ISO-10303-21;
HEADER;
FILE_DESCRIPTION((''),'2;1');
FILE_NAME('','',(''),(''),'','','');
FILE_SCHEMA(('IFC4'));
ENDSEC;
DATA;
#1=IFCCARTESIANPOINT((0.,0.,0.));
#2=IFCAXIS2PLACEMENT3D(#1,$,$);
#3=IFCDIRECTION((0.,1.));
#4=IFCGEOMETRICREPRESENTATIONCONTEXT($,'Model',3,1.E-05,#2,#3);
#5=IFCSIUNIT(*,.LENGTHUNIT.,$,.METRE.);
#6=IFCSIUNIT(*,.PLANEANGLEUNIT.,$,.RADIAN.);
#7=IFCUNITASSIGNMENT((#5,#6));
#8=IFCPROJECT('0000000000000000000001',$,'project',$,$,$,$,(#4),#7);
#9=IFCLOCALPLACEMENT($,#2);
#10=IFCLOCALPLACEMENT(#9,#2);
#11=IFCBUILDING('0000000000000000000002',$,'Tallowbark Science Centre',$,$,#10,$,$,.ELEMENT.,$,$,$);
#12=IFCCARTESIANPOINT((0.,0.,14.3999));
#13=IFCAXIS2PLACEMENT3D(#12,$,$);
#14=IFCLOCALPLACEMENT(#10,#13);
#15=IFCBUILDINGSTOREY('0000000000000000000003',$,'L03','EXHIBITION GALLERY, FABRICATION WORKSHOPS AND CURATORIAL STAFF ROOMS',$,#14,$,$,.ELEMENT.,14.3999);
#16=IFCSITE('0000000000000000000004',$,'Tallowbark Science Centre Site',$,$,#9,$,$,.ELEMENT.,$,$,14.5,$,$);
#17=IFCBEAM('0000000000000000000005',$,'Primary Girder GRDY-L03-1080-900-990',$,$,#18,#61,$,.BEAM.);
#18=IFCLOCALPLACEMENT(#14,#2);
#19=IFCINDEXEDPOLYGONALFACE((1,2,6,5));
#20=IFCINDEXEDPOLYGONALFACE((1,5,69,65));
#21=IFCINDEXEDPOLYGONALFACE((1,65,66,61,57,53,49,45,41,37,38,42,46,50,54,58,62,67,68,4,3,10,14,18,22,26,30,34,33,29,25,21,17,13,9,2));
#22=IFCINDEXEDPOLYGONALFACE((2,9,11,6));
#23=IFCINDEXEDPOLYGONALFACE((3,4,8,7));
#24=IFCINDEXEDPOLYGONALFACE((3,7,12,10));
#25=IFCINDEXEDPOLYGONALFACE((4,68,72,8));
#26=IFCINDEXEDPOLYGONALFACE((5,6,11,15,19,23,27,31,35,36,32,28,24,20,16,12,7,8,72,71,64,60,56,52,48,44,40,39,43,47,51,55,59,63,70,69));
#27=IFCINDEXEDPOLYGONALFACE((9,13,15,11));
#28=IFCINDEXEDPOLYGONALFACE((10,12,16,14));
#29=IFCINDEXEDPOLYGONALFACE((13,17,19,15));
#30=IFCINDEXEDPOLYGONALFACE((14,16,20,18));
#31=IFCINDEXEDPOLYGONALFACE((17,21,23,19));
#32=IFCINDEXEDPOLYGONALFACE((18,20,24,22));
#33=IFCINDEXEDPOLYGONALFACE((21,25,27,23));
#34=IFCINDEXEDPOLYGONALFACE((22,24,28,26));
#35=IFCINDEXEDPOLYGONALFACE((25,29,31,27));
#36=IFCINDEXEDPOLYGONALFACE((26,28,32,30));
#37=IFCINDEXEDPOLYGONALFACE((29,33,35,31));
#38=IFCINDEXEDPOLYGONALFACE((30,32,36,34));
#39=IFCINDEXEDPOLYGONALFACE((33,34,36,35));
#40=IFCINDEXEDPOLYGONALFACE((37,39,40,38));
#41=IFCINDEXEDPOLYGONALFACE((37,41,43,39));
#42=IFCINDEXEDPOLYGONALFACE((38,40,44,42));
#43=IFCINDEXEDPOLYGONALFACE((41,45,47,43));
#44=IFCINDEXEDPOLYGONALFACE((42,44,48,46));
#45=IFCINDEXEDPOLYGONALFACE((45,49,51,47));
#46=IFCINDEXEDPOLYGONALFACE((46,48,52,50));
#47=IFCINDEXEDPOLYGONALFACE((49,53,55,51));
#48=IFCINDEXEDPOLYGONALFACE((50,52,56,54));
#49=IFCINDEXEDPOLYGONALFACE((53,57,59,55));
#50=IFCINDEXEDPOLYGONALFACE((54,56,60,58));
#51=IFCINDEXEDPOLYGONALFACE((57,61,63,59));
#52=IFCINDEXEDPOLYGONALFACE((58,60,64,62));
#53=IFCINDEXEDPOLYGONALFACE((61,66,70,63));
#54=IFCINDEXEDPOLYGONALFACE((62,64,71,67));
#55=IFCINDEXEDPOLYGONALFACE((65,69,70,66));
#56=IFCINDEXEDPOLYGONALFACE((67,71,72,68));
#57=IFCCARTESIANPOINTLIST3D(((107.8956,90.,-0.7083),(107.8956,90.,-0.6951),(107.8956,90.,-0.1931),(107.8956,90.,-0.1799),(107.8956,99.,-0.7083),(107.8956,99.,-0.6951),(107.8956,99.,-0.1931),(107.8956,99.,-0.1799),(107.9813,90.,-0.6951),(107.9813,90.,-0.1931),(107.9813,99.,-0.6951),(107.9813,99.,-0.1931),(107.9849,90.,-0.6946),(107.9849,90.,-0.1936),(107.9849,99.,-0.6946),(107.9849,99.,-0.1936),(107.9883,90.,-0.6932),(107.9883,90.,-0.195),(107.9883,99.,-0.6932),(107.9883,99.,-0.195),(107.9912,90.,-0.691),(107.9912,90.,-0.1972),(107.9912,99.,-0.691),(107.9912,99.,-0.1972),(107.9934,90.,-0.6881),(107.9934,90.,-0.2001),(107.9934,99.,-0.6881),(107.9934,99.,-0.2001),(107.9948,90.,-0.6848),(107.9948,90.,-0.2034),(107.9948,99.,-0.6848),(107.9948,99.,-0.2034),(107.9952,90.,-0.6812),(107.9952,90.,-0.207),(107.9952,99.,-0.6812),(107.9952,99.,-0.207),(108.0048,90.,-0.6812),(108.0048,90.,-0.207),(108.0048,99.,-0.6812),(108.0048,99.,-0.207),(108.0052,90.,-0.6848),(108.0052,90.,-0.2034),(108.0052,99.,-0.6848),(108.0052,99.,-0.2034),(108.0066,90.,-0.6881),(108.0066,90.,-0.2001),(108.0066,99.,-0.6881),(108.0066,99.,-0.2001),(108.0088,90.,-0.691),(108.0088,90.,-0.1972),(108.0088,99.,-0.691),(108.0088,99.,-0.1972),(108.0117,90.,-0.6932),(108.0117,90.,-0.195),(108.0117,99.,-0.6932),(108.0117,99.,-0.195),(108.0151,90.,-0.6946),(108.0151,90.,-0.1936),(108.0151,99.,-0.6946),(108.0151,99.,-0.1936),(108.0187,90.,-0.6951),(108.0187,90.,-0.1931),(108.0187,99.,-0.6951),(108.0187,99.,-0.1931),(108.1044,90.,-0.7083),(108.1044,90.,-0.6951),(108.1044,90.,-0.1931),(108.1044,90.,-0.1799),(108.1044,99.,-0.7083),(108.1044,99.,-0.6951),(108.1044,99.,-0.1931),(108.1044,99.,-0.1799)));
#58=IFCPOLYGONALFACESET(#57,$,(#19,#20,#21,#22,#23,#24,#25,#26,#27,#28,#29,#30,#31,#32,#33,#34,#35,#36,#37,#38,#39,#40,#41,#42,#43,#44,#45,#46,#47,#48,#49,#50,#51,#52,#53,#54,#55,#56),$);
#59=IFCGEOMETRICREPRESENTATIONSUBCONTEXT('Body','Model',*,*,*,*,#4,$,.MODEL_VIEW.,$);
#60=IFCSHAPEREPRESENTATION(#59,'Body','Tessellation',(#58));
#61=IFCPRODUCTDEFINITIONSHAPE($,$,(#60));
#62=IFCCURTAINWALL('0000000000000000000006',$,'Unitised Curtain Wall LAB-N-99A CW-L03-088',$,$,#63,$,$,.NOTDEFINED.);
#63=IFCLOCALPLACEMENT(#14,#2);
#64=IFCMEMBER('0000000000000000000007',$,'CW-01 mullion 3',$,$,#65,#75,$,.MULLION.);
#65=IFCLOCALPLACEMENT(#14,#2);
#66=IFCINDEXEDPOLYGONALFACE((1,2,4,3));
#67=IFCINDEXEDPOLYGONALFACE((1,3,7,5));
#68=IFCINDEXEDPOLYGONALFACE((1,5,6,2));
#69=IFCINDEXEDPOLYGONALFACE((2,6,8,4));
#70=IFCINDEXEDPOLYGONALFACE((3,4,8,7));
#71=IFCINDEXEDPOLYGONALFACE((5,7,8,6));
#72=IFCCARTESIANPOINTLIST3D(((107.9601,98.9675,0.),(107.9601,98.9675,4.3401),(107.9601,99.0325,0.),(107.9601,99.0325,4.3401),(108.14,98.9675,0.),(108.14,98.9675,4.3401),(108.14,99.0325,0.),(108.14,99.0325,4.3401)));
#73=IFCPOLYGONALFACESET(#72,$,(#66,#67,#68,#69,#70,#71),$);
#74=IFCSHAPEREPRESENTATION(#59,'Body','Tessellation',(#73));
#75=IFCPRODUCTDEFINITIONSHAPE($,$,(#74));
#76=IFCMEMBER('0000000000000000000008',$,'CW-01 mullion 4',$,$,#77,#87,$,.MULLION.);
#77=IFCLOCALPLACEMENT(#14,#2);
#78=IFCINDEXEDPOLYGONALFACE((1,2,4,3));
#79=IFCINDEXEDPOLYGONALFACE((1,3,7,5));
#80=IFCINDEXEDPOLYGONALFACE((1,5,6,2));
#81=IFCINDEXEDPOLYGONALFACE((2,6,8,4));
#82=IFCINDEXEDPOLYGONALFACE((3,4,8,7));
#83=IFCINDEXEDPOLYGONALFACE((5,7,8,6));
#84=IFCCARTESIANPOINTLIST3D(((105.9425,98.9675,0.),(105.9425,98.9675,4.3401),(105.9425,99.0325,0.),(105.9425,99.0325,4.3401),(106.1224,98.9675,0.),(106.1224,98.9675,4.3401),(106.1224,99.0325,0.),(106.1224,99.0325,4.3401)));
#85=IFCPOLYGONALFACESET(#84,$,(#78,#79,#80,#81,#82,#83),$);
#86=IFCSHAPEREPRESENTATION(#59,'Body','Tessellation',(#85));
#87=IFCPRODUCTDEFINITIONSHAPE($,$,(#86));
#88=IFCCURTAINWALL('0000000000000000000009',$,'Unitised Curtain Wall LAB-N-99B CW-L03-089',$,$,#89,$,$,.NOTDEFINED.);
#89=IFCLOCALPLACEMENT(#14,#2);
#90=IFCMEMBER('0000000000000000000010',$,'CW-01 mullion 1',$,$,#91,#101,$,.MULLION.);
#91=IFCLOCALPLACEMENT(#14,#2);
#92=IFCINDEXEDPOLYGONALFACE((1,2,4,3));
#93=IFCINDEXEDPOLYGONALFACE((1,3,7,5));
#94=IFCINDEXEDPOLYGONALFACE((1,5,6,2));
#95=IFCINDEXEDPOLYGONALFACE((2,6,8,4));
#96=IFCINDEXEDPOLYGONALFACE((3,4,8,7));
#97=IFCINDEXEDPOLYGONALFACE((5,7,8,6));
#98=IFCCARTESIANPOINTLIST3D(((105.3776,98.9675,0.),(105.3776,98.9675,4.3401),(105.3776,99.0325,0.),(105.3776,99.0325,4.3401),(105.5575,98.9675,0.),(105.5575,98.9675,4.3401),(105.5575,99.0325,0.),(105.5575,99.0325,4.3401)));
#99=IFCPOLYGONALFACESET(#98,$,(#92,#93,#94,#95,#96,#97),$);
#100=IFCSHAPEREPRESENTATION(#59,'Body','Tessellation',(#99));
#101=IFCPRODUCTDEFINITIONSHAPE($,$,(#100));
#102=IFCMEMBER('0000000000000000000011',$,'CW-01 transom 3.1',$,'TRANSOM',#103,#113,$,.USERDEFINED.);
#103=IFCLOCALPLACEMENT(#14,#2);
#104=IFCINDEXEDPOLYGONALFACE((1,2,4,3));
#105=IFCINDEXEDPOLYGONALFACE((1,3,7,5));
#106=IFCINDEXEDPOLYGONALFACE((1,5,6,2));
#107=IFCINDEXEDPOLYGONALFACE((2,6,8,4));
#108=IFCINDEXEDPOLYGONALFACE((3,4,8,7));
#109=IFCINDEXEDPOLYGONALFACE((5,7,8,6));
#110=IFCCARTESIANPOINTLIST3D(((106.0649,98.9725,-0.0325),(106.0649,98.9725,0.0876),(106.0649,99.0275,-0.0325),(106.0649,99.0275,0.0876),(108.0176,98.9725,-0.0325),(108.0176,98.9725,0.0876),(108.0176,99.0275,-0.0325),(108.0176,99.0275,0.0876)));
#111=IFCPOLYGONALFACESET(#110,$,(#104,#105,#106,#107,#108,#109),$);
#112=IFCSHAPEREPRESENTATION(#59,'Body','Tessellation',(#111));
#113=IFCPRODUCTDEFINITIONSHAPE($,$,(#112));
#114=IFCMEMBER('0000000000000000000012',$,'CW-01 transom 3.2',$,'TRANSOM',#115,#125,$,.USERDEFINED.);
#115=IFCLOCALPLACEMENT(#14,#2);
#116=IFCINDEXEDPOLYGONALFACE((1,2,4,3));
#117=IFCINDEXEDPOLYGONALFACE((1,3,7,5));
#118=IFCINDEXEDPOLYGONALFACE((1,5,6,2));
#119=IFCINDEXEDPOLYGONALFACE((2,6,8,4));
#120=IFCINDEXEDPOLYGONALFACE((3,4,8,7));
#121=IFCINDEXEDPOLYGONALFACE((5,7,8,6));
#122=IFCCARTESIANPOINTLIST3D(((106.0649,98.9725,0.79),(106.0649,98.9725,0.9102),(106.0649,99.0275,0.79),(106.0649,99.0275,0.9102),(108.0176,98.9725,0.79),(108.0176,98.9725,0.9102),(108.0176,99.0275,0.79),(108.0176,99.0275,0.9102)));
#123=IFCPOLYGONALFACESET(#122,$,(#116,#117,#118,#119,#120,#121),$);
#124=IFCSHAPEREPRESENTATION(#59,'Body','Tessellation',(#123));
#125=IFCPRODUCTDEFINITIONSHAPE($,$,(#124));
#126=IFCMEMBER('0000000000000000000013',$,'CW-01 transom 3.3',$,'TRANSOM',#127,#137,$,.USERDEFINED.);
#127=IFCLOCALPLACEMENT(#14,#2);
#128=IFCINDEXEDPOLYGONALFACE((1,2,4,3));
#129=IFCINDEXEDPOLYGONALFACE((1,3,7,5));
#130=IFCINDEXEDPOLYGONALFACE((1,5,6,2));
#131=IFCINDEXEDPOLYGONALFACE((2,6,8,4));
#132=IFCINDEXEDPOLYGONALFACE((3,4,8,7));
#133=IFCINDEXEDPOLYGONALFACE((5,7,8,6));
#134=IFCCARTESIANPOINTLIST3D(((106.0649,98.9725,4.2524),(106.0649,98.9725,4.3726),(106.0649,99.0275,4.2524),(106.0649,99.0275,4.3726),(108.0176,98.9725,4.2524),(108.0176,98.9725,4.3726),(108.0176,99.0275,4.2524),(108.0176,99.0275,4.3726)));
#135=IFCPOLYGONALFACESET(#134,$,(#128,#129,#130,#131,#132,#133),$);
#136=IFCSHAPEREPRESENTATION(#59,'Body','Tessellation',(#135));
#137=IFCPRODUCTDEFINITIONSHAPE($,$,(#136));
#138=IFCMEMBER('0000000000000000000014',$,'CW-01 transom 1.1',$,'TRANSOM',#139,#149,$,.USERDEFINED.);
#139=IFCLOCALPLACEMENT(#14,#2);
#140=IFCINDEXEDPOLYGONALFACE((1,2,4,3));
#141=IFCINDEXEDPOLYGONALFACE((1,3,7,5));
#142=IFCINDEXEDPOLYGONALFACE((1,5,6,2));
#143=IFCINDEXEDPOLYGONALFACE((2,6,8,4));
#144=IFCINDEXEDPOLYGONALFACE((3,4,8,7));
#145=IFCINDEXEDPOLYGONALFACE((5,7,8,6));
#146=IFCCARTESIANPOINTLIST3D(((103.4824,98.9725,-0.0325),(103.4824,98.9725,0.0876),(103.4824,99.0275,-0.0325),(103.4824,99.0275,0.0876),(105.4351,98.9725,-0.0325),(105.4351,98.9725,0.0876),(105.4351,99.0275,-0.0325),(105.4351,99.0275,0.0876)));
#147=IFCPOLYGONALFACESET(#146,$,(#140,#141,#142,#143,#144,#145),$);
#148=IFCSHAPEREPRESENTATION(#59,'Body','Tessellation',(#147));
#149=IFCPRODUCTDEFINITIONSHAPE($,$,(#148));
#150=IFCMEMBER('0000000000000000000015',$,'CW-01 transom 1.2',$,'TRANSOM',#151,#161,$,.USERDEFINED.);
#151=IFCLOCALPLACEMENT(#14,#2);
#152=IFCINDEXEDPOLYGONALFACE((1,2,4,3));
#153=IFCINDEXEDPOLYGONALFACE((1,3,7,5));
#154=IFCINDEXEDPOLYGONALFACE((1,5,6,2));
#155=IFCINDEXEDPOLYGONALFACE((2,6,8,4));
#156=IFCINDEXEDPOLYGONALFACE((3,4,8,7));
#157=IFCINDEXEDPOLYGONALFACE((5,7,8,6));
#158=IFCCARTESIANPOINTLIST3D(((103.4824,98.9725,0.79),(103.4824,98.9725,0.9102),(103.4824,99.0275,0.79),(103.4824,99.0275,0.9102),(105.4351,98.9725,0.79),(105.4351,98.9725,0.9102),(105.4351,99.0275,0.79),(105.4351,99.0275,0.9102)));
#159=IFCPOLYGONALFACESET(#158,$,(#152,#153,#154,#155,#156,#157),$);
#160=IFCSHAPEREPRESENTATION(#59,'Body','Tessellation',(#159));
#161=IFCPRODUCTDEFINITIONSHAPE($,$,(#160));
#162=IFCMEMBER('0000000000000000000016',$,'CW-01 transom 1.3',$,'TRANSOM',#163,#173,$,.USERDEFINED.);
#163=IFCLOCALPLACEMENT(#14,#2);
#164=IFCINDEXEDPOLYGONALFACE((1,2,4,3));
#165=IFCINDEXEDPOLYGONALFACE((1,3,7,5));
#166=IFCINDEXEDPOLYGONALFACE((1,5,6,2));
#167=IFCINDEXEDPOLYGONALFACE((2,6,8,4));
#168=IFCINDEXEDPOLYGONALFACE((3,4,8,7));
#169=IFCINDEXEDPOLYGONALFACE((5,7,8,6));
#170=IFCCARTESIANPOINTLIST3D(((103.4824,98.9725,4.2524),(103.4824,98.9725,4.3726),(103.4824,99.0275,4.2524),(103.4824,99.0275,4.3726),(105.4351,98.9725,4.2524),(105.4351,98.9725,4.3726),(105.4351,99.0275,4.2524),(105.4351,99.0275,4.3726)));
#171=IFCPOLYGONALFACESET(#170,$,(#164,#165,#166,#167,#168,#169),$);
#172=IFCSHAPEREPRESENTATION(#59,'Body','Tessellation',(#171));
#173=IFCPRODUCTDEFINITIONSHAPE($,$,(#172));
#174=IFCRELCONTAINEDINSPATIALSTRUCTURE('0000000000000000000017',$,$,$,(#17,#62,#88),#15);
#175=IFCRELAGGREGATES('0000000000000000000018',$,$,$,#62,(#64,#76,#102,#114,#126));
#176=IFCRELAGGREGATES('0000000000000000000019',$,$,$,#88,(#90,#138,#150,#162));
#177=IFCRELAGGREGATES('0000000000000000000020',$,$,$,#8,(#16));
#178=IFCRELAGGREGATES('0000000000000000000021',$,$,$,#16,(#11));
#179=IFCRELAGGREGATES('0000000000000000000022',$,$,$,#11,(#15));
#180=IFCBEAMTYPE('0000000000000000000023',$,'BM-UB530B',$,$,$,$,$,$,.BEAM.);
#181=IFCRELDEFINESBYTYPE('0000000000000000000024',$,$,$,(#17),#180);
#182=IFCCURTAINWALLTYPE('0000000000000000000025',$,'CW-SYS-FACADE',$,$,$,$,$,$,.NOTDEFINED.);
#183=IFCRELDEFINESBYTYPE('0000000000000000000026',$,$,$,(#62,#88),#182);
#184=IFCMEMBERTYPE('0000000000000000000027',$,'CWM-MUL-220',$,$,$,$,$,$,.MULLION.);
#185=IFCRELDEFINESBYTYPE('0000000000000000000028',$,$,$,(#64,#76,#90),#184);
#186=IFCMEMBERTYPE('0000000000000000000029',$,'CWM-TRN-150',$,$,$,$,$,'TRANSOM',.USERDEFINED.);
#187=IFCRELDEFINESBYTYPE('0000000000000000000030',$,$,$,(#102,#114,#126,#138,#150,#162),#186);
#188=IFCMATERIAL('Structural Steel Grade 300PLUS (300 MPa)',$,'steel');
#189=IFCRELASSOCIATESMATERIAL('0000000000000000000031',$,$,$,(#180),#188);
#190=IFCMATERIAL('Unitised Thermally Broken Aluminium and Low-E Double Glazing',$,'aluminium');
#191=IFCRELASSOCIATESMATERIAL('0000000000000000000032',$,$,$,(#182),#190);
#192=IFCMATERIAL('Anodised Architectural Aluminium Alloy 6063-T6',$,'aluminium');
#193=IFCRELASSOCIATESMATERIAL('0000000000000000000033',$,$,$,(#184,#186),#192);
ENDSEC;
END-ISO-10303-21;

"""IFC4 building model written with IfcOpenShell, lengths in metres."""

from ifc_helpers import new_model, si_unit, direction, frame, origin, origin_2d, place, context, subcontext, project, spatial, rectangle, i_section, extrude, material, material_profile, profile_set, type_object, element, aggregate, save


model = new_model("IFC4")

# Units and contexts
model_context = context("Model", 3, precision=1e-05, world=origin(), true_north=direction((0.0, 1.0)))
body_context = subcontext(model_context, "Body", "Model", "MODEL_VIEW")
ifc_project = project(units=[si_unit("LENGTHUNIT", "METRE"), si_unit("PLANEANGLEUNIT", "RADIAN")], contexts=[model_context])

# Site, building, storey
site_placement = place(None, origin())
site = spatial("IfcSite", under=ifc_project, at=site_placement, Name="Tallowbark Science Centre Site", CompositionType="ELEMENT", RefElevation=14.5)
building_placement = place(site_placement, origin())
building = spatial("IfcBuilding", under=site, at=building_placement, Name="Tallowbark Science Centre", CompositionType="ELEMENT")
storey_placement = place(building_placement, frame((0.0, 0.0, 14.3999)))
storey = spatial("IfcBuildingStorey", under=building, at=storey_placement, Name="L03", Description="EXHIBITION GALLERY, FABRICATION WORKSHOPS AND CURATORIAL STAFF ROOMS", CompositionType="ELEMENT", Elevation=14.3999)

# Shared definitions
ifc_material_1 = material(Name="Structural Steel Grade 300PLUS (300 MPa)", Category="steel")

# Beam
ifc_material_profile_1 = material_profile(ifc_material_1, i_section(OverallWidth=0.2087, OverallDepth=0.5283, WebThickness=0.0095, FlangeThickness=0.0132, FilletRadius=0.0139, at=origin_2d()), Name="530UB82.0")
ifc_profile_set_1 = profile_set([ifc_material_profile_1], Name="Structural Steel Grade 300PLUS (300 MPa)")
beam_type_1 = type_object("IfcBeamType", Name="BM-UB530B", PredefinedType="BEAM", material=ifc_profile_set_1)
beam_placement = place(storey_placement, frame((108.0, 90.0, -0.4441), z_axis=(0.0, 1.0, 0.0), x_axis=(-1.0, 0.0, 0.0)))
element("IfcBeam", 1, at=beam_placement, inside=storey, type_object=beam_type_1, Name="Primary Girder GRDY-L03-1080-900-990", PredefinedType="BEAM", context=body_context, shape_type="SweptSolid", body=[
    extrude(i_section(OverallWidth=0.2087, OverallDepth=0.5283, WebThickness=0.0095, FlangeThickness=0.0132, FilletRadius=0.0139, at=origin_2d()), origin(), (0.0, 0.0, 1.0), 9.0),
])

# Curtain wall, members
ifc_material_2 = material(Name="Unitised Thermally Broken Aluminium and Low-E Double Glazing", Category="aluminium")
curtain_wall_type = type_object("IfcCurtainWallType", Name="CW-SYS-FACADE", PredefinedType="NOTDEFINED", material=ifc_material_2)
curtain_wall_1_placement = place(storey_placement, origin())
curtain_wall_1 = element("IfcCurtainWall", 2, at=curtain_wall_1_placement, inside=storey, type_object=curtain_wall_type, Name="Unitised Curtain Wall LAB-N-99A CW-L03-088", PredefinedType="NOTDEFINED")
ifc_material_3 = material(Name="Anodised Architectural Aluminium Alloy 6063-T6", Category="aluminium")
ifc_material_profile_2 = material_profile(ifc_material_3, rectangle(XDim=0.0649, YDim=0.1799, at=origin_2d()), Name="ALU65x180")
ifc_profile_set_2 = profile_set([ifc_material_profile_2], Name="Anodised Architectural Aluminium Alloy 6063-T6")
member_type_1 = type_object("IfcMemberType", Name="CWM-MUL-220", PredefinedType="MULLION", material=ifc_profile_set_2)
member_1_placement = place(storey_placement, frame((108.05, 99.0, 0.0), z_axis=(0.0, 0.0, 1.0), x_axis=(0.0, -1.0, 0.0)))
member_1 = element("IfcMember", 3, at=member_1_placement, type_object=member_type_1, Name="CW-01 mullion 3", PredefinedType="MULLION", context=body_context, shape_type="SweptSolid", body=[
    extrude(rectangle(XDim=0.0649, YDim=0.1799, at=origin_2d()), origin(), (0.0, 0.0, 1.0), 4.3401),
])
member_2_placement = place(storey_placement, frame((106.0325, 99.0, 0.0), z_axis=(0.0, 0.0, 1.0), x_axis=(0.0, -1.0, 0.0)))
member_2 = element("IfcMember", 4, at=member_2_placement, type_object=member_type_1, Name="CW-01 mullion 4", PredefinedType="MULLION", context=body_context, shape_type="SweptSolid", body=[
    extrude(rectangle(XDim=0.0649, YDim=0.1799, at=origin_2d()), origin(), (0.0, 0.0, 1.0), 4.3401),
])

# Curtain wall, member
curtain_wall_2_placement = place(storey_placement, origin())
curtain_wall_2 = element("IfcCurtainWall", 5, at=curtain_wall_2_placement, inside=storey, type_object=curtain_wall_type, Name="Unitised Curtain Wall LAB-N-99B CW-L03-089", PredefinedType="NOTDEFINED")
member_3_placement = place(storey_placement, frame((105.4675, 99.0, 0.0), z_axis=(0.0, 0.0, 1.0), x_axis=(0.0, -1.0, 0.0)))
member_3 = element("IfcMember", 6, at=member_3_placement, type_object=member_type_1, Name="CW-01 mullion 1", PredefinedType="MULLION", context=body_context, shape_type="SweptSolid", body=[
    extrude(rectangle(XDim=0.0649, YDim=0.1799, at=origin_2d()), origin(), (0.0, 0.0, 1.0), 4.3401),
])

# Members
ifc_material_profile_3 = material_profile(ifc_material_3, rectangle(XDim=0.0549, YDim=0.1201, at=origin_2d()), Name="ALU55x120")
ifc_profile_set_3 = profile_set([ifc_material_profile_3], Name="Anodised Architectural Aluminium Alloy 6063-T6")
member_type_2 = type_object("IfcMemberType", Name="CWM-TRN-150", ElementType="TRANSOM", PredefinedType="USERDEFINED", material=ifc_profile_set_3)
member_4_placement = place(storey_placement, frame((108.0176, 99.0, 0.0276), z_axis=(-1.0, 0.0, 0.0), x_axis=(0.0, -1.0, 0.0)))
member_4 = element("IfcMember", 7, at=member_4_placement, type_object=member_type_2, Name="CW-01 transom 3.1", ObjectType="TRANSOM", PredefinedType="USERDEFINED", context=body_context, shape_type="SweptSolid", body=[
    extrude(rectangle(XDim=0.0549, YDim=0.1201, at=origin_2d()), origin(), (0.0, 0.0, 1.0), 1.9526),
])
member_5_placement = place(storey_placement, frame((108.0176, 99.0, 0.8501), z_axis=(-1.0, 0.0, 0.0), x_axis=(0.0, -1.0, 0.0)))
member_5 = element("IfcMember", 8, at=member_5_placement, type_object=member_type_2, Name="CW-01 transom 3.2", ObjectType="TRANSOM", PredefinedType="USERDEFINED", context=body_context, shape_type="SweptSolid", body=[
    extrude(rectangle(XDim=0.0549, YDim=0.1201, at=origin_2d()), origin(), (0.0, 0.0, 1.0), 1.9526),
])
member_6_placement = place(storey_placement, frame((108.0176, 99.0, 4.3125), z_axis=(-1.0, 0.0, 0.0), x_axis=(0.0, -1.0, 0.0)))
member_6 = element("IfcMember", 9, at=member_6_placement, type_object=member_type_2, Name="CW-01 transom 3.3", ObjectType="TRANSOM", PredefinedType="USERDEFINED", context=body_context, shape_type="SweptSolid", body=[
    extrude(rectangle(XDim=0.0549, YDim=0.1201, at=origin_2d()), origin(), (0.0, 0.0, 1.0), 1.9526),
])
member_7_placement = place(storey_placement, frame((105.4351, 99.0, 0.0276), z_axis=(-1.0, 0.0, 0.0), x_axis=(0.0, -1.0, 0.0)))
member_7 = element("IfcMember", 10, at=member_7_placement, type_object=member_type_2, Name="CW-01 transom 1.1", ObjectType="TRANSOM", PredefinedType="USERDEFINED", context=body_context, shape_type="SweptSolid", body=[
    extrude(rectangle(XDim=0.0549, YDim=0.1201, at=origin_2d()), origin(), (0.0, 0.0, 1.0), 1.9526),
])
member_8_placement = place(storey_placement, frame((105.4351, 99.0, 0.8501), z_axis=(-1.0, 0.0, 0.0), x_axis=(0.0, -1.0, 0.0)))
member_8 = element("IfcMember", 11, at=member_8_placement, type_object=member_type_2, Name="CW-01 transom 1.2", ObjectType="TRANSOM", PredefinedType="USERDEFINED", context=body_context, shape_type="SweptSolid", body=[
    extrude(rectangle(XDim=0.0549, YDim=0.1201, at=origin_2d()), origin(), (0.0, 0.0, 1.0), 1.9526),
])
member_9_placement = place(storey_placement, frame((105.4351, 99.0, 4.3125), z_axis=(-1.0, 0.0, 0.0), x_axis=(0.0, -1.0, 0.0)))
member_9 = element("IfcMember", 12, at=member_9_placement, type_object=member_type_2, Name="CW-01 transom 1.3", ObjectType="TRANSOM", PredefinedType="USERDEFINED", context=body_context, shape_type="SweptSolid", body=[
    extrude(rectangle(XDim=0.0549, YDim=0.1201, at=origin_2d()), origin(), (0.0, 0.0, 1.0), 1.9526),
])

aggregate(curtain_wall_1, [member_1, member_2, member_4, member_5, member_6])
aggregate(curtain_wall_2, [member_3, member_7, member_8, member_9])

save(model, "model.ifc")
